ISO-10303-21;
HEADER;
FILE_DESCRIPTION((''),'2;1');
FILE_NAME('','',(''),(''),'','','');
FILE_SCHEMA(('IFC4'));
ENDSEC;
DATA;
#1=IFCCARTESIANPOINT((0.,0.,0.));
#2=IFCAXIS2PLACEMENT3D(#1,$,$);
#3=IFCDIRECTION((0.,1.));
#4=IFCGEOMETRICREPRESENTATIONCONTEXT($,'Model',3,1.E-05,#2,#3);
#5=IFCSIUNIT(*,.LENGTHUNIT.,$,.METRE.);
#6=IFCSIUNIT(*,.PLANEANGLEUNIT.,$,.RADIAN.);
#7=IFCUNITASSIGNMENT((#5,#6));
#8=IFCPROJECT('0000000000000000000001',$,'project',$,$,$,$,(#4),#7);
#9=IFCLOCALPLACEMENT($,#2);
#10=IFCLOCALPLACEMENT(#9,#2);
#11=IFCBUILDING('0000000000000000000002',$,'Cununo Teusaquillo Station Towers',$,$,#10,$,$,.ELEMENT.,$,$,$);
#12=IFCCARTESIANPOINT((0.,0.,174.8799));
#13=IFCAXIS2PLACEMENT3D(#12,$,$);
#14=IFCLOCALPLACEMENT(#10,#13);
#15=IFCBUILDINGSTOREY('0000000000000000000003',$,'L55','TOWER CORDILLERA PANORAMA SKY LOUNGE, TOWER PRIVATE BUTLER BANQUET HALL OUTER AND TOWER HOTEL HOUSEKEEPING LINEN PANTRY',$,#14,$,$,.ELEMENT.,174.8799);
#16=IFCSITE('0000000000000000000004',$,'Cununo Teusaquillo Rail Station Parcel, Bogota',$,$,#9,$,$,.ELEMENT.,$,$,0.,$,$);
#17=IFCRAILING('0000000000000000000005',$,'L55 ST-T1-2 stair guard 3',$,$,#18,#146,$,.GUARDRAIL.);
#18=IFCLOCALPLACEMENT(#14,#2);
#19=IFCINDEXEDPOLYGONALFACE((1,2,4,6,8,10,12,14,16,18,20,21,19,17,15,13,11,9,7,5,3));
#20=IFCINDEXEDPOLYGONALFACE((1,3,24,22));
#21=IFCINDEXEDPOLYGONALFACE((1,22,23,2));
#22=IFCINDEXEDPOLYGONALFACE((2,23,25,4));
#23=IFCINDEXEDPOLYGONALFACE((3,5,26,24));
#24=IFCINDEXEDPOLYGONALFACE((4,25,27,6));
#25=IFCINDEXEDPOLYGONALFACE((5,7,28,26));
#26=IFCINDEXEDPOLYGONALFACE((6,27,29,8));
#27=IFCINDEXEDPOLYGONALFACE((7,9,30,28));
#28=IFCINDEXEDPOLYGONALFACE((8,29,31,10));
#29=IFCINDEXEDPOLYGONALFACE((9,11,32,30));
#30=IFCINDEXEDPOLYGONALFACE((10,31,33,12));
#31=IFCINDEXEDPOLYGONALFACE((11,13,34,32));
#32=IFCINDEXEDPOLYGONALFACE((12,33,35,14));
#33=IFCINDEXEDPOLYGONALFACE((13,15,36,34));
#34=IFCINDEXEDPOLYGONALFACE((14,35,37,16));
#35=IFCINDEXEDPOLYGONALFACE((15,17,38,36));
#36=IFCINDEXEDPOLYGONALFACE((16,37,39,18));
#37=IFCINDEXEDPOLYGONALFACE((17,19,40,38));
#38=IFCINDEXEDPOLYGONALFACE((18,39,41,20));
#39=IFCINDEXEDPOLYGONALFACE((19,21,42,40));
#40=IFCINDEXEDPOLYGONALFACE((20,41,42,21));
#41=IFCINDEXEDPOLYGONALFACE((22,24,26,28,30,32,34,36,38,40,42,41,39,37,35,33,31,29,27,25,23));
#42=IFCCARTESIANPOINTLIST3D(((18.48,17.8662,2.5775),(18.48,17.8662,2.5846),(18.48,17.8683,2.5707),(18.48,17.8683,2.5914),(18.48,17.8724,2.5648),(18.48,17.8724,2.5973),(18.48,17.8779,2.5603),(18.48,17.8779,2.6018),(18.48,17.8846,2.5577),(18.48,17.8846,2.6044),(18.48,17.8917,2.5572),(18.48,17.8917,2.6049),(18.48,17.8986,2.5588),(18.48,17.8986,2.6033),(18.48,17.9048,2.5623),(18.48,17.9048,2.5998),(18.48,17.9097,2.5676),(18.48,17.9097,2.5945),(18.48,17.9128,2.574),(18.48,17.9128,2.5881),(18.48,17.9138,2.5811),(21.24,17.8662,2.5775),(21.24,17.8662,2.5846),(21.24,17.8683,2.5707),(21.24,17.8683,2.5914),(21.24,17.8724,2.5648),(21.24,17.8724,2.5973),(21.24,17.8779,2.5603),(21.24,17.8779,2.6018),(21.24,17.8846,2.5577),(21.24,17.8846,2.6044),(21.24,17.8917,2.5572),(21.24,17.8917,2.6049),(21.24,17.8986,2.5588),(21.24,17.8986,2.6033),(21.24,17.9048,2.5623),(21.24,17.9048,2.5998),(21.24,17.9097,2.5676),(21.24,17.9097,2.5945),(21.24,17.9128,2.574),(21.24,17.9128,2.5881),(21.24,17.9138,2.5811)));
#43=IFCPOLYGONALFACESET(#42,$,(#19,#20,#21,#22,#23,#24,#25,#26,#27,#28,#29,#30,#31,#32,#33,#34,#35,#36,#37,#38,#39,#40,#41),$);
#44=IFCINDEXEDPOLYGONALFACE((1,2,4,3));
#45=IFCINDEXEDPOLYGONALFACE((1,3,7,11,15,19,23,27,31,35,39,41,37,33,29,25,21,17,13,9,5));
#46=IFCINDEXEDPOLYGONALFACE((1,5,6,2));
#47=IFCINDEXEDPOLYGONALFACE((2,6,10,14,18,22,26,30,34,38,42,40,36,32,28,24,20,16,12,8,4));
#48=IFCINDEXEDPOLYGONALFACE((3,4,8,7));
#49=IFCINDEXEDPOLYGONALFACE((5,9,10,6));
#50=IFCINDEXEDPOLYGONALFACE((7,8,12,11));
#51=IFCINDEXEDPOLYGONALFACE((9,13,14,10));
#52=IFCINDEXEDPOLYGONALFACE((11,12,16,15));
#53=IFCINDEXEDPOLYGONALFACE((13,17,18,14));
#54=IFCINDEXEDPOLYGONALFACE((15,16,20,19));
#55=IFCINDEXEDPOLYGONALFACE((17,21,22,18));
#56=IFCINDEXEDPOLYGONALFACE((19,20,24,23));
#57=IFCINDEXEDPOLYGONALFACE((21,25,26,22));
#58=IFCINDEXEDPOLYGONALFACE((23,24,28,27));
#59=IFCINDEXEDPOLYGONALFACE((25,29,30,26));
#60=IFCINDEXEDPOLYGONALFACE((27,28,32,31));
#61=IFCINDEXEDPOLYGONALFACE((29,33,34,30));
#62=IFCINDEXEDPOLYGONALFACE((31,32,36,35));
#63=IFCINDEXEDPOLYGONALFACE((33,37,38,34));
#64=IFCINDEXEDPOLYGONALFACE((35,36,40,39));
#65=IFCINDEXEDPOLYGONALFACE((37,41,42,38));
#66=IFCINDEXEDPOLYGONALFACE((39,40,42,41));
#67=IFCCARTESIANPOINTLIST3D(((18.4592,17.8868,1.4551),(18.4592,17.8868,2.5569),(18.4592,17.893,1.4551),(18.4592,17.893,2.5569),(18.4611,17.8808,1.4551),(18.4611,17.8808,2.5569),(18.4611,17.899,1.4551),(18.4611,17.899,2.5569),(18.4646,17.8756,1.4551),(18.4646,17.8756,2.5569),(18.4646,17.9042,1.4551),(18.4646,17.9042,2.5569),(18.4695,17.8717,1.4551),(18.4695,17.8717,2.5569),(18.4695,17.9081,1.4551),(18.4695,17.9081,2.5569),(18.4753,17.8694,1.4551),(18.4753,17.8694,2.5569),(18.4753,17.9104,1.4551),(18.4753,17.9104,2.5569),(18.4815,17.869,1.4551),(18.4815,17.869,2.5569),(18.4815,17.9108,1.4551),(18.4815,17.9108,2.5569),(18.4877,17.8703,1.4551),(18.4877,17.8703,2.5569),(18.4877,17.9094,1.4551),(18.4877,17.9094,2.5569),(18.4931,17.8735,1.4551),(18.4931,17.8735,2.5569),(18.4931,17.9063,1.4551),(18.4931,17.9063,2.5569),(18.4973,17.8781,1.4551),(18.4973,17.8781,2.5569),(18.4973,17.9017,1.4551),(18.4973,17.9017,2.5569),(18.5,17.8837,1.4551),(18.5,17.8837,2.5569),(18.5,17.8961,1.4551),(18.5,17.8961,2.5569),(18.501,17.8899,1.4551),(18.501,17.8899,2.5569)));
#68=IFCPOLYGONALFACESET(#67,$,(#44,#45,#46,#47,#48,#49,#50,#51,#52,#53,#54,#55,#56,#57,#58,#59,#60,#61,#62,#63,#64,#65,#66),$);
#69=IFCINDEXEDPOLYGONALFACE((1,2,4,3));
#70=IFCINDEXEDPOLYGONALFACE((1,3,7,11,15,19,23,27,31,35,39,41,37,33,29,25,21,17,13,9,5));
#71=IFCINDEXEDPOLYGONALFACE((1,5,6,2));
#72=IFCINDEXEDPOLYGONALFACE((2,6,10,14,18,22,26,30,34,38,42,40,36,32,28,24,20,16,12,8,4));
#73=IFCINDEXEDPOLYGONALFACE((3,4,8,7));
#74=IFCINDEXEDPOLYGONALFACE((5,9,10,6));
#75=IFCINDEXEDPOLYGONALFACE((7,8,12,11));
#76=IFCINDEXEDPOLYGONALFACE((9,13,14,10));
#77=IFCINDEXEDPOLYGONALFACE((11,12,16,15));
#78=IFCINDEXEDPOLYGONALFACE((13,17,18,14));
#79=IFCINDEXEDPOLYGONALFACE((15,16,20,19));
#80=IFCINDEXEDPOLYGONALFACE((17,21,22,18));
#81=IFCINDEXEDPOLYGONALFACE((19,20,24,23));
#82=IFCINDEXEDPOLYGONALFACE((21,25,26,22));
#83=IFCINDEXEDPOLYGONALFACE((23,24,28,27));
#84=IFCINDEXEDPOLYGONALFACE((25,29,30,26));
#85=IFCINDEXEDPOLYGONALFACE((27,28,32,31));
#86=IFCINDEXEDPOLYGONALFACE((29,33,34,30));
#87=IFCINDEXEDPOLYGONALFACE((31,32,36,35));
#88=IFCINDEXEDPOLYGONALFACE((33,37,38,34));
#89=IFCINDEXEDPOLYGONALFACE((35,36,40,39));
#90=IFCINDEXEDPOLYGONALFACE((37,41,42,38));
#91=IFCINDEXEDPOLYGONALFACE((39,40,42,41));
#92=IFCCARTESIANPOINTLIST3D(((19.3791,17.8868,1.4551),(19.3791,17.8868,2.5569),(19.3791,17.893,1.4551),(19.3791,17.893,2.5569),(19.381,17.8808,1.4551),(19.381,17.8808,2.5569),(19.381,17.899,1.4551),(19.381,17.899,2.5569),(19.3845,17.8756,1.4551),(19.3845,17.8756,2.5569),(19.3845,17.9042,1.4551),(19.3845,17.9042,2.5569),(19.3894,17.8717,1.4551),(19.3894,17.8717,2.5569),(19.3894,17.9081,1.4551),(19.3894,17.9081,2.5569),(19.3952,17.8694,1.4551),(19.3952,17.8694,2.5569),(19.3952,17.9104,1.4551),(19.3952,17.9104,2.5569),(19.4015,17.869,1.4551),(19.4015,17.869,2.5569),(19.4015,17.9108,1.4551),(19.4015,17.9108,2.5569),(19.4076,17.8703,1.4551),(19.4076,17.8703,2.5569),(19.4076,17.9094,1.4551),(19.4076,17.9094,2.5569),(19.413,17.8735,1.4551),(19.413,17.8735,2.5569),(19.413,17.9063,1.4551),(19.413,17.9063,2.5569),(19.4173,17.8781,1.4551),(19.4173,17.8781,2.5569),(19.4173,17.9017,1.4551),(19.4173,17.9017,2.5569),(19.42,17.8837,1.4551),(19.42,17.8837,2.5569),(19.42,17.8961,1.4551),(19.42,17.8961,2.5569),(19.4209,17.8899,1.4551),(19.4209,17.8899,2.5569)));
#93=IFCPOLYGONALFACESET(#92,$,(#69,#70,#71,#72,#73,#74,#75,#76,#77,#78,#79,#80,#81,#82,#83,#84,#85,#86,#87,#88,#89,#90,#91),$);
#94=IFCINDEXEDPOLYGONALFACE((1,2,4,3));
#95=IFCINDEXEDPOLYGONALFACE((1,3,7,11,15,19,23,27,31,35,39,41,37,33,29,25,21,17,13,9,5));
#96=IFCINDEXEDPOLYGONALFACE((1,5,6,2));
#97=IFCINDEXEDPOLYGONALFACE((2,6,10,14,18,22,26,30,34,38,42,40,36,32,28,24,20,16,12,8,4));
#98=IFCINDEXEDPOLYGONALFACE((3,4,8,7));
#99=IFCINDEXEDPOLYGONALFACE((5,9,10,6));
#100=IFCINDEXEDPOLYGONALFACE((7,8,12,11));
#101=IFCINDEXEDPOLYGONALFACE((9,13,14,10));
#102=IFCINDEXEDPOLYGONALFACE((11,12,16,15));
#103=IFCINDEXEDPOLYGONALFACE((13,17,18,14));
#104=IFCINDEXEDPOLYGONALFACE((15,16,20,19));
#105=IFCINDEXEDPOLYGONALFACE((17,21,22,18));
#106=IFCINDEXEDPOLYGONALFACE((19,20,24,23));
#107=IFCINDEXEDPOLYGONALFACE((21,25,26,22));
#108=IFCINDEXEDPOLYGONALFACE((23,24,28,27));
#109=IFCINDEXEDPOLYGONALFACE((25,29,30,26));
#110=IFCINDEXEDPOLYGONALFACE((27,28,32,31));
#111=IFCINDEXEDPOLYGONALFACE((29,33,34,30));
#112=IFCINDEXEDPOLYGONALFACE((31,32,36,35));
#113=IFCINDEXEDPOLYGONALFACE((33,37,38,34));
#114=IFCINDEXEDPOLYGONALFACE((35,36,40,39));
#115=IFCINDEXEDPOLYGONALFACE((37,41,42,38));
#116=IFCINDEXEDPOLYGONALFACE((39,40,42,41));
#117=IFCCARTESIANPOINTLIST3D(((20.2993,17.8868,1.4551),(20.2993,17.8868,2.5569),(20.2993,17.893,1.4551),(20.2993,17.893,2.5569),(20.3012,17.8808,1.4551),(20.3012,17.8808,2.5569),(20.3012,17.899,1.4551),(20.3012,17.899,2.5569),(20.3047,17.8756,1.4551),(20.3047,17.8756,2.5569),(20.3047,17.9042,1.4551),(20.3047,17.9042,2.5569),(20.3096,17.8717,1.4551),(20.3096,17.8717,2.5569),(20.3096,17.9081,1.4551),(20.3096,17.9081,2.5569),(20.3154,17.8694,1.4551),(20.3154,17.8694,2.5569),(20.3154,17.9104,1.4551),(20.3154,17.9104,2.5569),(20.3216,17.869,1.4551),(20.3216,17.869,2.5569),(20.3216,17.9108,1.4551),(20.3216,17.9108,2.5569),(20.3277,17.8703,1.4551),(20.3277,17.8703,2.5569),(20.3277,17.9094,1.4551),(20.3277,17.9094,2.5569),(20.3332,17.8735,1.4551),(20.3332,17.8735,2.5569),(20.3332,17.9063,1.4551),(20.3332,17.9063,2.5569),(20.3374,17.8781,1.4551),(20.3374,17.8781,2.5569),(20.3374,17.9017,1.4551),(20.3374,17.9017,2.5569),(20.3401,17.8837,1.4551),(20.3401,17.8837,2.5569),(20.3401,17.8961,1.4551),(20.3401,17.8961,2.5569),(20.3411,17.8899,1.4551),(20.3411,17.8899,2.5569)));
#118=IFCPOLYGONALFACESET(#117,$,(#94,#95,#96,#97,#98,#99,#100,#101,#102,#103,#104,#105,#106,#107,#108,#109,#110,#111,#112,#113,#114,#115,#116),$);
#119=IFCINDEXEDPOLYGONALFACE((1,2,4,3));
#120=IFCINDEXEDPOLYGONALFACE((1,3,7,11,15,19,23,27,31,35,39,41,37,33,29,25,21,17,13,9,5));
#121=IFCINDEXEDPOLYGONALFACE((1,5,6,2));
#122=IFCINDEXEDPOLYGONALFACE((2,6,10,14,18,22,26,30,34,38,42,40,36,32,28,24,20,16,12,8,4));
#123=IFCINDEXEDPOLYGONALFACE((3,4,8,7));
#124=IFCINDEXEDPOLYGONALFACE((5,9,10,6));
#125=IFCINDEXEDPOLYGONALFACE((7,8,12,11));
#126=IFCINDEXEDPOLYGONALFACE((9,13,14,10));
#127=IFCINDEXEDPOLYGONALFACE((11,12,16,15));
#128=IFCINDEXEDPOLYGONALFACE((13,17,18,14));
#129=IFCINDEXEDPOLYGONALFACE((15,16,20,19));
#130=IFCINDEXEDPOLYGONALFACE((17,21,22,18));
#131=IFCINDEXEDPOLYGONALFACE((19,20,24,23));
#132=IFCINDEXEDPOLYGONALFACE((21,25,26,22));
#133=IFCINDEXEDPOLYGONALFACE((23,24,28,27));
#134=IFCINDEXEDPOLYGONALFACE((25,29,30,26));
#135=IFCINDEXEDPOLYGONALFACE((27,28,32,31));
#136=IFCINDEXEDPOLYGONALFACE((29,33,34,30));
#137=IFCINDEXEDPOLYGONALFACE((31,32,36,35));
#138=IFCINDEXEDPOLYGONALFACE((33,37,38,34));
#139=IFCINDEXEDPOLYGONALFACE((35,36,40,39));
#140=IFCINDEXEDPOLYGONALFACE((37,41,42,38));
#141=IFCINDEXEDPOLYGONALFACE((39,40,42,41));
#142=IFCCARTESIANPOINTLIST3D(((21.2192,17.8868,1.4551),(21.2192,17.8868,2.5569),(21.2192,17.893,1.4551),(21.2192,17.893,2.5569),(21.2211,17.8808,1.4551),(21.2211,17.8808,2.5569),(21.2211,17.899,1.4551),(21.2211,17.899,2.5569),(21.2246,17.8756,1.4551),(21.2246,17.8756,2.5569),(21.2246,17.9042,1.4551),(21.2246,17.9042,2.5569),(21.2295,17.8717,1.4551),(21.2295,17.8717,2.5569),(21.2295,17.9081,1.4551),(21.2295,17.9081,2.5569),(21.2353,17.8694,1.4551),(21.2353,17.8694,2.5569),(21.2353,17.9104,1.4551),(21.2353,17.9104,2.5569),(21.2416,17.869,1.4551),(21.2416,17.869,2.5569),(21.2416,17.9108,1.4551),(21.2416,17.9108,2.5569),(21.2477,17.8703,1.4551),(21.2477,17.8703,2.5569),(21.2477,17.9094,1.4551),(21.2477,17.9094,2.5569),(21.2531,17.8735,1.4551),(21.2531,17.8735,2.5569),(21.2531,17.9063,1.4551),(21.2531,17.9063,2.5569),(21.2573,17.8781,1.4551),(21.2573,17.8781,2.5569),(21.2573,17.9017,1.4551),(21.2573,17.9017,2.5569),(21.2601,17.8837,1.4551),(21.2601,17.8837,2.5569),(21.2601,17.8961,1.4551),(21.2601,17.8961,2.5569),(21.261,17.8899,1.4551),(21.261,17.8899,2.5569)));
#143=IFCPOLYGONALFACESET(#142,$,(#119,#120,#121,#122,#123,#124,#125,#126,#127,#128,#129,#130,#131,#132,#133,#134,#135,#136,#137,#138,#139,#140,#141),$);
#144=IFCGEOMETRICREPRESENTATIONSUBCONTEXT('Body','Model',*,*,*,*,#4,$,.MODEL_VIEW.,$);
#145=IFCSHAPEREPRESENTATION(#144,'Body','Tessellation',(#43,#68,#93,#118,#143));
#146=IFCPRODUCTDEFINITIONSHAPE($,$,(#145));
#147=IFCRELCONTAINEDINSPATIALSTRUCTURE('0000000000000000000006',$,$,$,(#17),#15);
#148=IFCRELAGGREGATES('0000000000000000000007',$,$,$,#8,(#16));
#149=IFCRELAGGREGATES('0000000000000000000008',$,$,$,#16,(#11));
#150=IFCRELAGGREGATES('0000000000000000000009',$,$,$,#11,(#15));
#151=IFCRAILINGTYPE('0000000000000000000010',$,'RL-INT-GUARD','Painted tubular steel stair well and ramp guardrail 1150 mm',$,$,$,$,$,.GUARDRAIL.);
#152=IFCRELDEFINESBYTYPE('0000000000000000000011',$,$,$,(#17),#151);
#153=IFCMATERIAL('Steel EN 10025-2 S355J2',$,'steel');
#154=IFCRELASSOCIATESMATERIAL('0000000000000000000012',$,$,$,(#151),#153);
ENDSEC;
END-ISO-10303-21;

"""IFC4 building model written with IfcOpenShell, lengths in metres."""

from ifc_helpers import new_model, si_unit, direction, frame, origin, origin_2d, place, context, subcontext, project, spatial, circle, extrude, material, type_object, element, save


model = new_model("IFC4")

# Units and contexts
model_context = context("Model", 3, precision=1e-05, world=origin(), true_north=direction((0.0, 1.0)))
body_context = subcontext(model_context, "Body", "Model", "MODEL_VIEW")
ifc_project = project(units=[si_unit("LENGTHUNIT", "METRE"), si_unit("PLANEANGLEUNIT", "RADIAN")], contexts=[model_context])

# Site, building, storey
site_placement = place(None, origin())
site = spatial("IfcSite", under=ifc_project, at=site_placement, Name="Cununo Teusaquillo Rail Station Parcel, Bogota", CompositionType="ELEMENT", RefElevation=0.0)
building_placement = place(site_placement, origin())
building = spatial("IfcBuilding", under=site, at=building_placement, Name="Cununo Teusaquillo Station Towers", CompositionType="ELEMENT")
storey_placement = place(building_placement, frame((0.0, 0.0, 174.8799)))
storey = spatial("IfcBuildingStorey", under=building, at=storey_placement, Name="L55", Description="TOWER CORDILLERA PANORAMA SKY LOUNGE, TOWER PRIVATE BUTLER BANQUET HALL OUTER AND TOWER HOTEL HOUSEKEEPING LINEN PANTRY", CompositionType="ELEMENT", Elevation=174.8799)

# Railing
ifc_material_1 = material(Name="Steel EN 10025-2 S355J2", Category="steel")
railing_type_1 = type_object("IfcRailingType", Name="RL-INT-GUARD", Description="Painted tubular steel stair well and ramp guardrail 1150 mm", PredefinedType="GUARDRAIL", material=ifc_material_1)
railing_1_placement = place(storey_placement, frame((18.48, 17.8899, 1.4551)))
element("IfcRailing", 1, at=railing_1_placement, inside=storey, type_object=railing_type_1, Name="L55 ST-T1-2 stair guard 3", PredefinedType="GUARDRAIL", context=body_context, shape_type="SweptSolid", body=[
    extrude(circle(Radius=0.0239, at=origin_2d()), frame((0.0, 0.0, 1.126), z_axis=(1.0, 0.0, 0.0), x_axis=(0.0, 1.0, 0.0)), (0.0, 0.0, 1.0), 2.76),
    extrude(circle(Radius=0.021, at=origin_2d()), origin(), (0.0, 0.0, 1.0), 1.1018),
    extrude(circle(Radius=0.021, at=origin_2d()), frame((0.9199, 0.0, 0.0)), (0.0, 0.0, 1.0), 1.1018),
    extrude(circle(Radius=0.021, at=origin_2d()), frame((1.8401, 0.0, 0.0)), (0.0, 0.0, 1.0), 1.1018),
    extrude(circle(Radius=0.021, at=origin_2d()), frame((2.76, 0.0, 0.0)), (0.0, 0.0, 1.0), 1.1018),
])

save(model, "model.ifc")
